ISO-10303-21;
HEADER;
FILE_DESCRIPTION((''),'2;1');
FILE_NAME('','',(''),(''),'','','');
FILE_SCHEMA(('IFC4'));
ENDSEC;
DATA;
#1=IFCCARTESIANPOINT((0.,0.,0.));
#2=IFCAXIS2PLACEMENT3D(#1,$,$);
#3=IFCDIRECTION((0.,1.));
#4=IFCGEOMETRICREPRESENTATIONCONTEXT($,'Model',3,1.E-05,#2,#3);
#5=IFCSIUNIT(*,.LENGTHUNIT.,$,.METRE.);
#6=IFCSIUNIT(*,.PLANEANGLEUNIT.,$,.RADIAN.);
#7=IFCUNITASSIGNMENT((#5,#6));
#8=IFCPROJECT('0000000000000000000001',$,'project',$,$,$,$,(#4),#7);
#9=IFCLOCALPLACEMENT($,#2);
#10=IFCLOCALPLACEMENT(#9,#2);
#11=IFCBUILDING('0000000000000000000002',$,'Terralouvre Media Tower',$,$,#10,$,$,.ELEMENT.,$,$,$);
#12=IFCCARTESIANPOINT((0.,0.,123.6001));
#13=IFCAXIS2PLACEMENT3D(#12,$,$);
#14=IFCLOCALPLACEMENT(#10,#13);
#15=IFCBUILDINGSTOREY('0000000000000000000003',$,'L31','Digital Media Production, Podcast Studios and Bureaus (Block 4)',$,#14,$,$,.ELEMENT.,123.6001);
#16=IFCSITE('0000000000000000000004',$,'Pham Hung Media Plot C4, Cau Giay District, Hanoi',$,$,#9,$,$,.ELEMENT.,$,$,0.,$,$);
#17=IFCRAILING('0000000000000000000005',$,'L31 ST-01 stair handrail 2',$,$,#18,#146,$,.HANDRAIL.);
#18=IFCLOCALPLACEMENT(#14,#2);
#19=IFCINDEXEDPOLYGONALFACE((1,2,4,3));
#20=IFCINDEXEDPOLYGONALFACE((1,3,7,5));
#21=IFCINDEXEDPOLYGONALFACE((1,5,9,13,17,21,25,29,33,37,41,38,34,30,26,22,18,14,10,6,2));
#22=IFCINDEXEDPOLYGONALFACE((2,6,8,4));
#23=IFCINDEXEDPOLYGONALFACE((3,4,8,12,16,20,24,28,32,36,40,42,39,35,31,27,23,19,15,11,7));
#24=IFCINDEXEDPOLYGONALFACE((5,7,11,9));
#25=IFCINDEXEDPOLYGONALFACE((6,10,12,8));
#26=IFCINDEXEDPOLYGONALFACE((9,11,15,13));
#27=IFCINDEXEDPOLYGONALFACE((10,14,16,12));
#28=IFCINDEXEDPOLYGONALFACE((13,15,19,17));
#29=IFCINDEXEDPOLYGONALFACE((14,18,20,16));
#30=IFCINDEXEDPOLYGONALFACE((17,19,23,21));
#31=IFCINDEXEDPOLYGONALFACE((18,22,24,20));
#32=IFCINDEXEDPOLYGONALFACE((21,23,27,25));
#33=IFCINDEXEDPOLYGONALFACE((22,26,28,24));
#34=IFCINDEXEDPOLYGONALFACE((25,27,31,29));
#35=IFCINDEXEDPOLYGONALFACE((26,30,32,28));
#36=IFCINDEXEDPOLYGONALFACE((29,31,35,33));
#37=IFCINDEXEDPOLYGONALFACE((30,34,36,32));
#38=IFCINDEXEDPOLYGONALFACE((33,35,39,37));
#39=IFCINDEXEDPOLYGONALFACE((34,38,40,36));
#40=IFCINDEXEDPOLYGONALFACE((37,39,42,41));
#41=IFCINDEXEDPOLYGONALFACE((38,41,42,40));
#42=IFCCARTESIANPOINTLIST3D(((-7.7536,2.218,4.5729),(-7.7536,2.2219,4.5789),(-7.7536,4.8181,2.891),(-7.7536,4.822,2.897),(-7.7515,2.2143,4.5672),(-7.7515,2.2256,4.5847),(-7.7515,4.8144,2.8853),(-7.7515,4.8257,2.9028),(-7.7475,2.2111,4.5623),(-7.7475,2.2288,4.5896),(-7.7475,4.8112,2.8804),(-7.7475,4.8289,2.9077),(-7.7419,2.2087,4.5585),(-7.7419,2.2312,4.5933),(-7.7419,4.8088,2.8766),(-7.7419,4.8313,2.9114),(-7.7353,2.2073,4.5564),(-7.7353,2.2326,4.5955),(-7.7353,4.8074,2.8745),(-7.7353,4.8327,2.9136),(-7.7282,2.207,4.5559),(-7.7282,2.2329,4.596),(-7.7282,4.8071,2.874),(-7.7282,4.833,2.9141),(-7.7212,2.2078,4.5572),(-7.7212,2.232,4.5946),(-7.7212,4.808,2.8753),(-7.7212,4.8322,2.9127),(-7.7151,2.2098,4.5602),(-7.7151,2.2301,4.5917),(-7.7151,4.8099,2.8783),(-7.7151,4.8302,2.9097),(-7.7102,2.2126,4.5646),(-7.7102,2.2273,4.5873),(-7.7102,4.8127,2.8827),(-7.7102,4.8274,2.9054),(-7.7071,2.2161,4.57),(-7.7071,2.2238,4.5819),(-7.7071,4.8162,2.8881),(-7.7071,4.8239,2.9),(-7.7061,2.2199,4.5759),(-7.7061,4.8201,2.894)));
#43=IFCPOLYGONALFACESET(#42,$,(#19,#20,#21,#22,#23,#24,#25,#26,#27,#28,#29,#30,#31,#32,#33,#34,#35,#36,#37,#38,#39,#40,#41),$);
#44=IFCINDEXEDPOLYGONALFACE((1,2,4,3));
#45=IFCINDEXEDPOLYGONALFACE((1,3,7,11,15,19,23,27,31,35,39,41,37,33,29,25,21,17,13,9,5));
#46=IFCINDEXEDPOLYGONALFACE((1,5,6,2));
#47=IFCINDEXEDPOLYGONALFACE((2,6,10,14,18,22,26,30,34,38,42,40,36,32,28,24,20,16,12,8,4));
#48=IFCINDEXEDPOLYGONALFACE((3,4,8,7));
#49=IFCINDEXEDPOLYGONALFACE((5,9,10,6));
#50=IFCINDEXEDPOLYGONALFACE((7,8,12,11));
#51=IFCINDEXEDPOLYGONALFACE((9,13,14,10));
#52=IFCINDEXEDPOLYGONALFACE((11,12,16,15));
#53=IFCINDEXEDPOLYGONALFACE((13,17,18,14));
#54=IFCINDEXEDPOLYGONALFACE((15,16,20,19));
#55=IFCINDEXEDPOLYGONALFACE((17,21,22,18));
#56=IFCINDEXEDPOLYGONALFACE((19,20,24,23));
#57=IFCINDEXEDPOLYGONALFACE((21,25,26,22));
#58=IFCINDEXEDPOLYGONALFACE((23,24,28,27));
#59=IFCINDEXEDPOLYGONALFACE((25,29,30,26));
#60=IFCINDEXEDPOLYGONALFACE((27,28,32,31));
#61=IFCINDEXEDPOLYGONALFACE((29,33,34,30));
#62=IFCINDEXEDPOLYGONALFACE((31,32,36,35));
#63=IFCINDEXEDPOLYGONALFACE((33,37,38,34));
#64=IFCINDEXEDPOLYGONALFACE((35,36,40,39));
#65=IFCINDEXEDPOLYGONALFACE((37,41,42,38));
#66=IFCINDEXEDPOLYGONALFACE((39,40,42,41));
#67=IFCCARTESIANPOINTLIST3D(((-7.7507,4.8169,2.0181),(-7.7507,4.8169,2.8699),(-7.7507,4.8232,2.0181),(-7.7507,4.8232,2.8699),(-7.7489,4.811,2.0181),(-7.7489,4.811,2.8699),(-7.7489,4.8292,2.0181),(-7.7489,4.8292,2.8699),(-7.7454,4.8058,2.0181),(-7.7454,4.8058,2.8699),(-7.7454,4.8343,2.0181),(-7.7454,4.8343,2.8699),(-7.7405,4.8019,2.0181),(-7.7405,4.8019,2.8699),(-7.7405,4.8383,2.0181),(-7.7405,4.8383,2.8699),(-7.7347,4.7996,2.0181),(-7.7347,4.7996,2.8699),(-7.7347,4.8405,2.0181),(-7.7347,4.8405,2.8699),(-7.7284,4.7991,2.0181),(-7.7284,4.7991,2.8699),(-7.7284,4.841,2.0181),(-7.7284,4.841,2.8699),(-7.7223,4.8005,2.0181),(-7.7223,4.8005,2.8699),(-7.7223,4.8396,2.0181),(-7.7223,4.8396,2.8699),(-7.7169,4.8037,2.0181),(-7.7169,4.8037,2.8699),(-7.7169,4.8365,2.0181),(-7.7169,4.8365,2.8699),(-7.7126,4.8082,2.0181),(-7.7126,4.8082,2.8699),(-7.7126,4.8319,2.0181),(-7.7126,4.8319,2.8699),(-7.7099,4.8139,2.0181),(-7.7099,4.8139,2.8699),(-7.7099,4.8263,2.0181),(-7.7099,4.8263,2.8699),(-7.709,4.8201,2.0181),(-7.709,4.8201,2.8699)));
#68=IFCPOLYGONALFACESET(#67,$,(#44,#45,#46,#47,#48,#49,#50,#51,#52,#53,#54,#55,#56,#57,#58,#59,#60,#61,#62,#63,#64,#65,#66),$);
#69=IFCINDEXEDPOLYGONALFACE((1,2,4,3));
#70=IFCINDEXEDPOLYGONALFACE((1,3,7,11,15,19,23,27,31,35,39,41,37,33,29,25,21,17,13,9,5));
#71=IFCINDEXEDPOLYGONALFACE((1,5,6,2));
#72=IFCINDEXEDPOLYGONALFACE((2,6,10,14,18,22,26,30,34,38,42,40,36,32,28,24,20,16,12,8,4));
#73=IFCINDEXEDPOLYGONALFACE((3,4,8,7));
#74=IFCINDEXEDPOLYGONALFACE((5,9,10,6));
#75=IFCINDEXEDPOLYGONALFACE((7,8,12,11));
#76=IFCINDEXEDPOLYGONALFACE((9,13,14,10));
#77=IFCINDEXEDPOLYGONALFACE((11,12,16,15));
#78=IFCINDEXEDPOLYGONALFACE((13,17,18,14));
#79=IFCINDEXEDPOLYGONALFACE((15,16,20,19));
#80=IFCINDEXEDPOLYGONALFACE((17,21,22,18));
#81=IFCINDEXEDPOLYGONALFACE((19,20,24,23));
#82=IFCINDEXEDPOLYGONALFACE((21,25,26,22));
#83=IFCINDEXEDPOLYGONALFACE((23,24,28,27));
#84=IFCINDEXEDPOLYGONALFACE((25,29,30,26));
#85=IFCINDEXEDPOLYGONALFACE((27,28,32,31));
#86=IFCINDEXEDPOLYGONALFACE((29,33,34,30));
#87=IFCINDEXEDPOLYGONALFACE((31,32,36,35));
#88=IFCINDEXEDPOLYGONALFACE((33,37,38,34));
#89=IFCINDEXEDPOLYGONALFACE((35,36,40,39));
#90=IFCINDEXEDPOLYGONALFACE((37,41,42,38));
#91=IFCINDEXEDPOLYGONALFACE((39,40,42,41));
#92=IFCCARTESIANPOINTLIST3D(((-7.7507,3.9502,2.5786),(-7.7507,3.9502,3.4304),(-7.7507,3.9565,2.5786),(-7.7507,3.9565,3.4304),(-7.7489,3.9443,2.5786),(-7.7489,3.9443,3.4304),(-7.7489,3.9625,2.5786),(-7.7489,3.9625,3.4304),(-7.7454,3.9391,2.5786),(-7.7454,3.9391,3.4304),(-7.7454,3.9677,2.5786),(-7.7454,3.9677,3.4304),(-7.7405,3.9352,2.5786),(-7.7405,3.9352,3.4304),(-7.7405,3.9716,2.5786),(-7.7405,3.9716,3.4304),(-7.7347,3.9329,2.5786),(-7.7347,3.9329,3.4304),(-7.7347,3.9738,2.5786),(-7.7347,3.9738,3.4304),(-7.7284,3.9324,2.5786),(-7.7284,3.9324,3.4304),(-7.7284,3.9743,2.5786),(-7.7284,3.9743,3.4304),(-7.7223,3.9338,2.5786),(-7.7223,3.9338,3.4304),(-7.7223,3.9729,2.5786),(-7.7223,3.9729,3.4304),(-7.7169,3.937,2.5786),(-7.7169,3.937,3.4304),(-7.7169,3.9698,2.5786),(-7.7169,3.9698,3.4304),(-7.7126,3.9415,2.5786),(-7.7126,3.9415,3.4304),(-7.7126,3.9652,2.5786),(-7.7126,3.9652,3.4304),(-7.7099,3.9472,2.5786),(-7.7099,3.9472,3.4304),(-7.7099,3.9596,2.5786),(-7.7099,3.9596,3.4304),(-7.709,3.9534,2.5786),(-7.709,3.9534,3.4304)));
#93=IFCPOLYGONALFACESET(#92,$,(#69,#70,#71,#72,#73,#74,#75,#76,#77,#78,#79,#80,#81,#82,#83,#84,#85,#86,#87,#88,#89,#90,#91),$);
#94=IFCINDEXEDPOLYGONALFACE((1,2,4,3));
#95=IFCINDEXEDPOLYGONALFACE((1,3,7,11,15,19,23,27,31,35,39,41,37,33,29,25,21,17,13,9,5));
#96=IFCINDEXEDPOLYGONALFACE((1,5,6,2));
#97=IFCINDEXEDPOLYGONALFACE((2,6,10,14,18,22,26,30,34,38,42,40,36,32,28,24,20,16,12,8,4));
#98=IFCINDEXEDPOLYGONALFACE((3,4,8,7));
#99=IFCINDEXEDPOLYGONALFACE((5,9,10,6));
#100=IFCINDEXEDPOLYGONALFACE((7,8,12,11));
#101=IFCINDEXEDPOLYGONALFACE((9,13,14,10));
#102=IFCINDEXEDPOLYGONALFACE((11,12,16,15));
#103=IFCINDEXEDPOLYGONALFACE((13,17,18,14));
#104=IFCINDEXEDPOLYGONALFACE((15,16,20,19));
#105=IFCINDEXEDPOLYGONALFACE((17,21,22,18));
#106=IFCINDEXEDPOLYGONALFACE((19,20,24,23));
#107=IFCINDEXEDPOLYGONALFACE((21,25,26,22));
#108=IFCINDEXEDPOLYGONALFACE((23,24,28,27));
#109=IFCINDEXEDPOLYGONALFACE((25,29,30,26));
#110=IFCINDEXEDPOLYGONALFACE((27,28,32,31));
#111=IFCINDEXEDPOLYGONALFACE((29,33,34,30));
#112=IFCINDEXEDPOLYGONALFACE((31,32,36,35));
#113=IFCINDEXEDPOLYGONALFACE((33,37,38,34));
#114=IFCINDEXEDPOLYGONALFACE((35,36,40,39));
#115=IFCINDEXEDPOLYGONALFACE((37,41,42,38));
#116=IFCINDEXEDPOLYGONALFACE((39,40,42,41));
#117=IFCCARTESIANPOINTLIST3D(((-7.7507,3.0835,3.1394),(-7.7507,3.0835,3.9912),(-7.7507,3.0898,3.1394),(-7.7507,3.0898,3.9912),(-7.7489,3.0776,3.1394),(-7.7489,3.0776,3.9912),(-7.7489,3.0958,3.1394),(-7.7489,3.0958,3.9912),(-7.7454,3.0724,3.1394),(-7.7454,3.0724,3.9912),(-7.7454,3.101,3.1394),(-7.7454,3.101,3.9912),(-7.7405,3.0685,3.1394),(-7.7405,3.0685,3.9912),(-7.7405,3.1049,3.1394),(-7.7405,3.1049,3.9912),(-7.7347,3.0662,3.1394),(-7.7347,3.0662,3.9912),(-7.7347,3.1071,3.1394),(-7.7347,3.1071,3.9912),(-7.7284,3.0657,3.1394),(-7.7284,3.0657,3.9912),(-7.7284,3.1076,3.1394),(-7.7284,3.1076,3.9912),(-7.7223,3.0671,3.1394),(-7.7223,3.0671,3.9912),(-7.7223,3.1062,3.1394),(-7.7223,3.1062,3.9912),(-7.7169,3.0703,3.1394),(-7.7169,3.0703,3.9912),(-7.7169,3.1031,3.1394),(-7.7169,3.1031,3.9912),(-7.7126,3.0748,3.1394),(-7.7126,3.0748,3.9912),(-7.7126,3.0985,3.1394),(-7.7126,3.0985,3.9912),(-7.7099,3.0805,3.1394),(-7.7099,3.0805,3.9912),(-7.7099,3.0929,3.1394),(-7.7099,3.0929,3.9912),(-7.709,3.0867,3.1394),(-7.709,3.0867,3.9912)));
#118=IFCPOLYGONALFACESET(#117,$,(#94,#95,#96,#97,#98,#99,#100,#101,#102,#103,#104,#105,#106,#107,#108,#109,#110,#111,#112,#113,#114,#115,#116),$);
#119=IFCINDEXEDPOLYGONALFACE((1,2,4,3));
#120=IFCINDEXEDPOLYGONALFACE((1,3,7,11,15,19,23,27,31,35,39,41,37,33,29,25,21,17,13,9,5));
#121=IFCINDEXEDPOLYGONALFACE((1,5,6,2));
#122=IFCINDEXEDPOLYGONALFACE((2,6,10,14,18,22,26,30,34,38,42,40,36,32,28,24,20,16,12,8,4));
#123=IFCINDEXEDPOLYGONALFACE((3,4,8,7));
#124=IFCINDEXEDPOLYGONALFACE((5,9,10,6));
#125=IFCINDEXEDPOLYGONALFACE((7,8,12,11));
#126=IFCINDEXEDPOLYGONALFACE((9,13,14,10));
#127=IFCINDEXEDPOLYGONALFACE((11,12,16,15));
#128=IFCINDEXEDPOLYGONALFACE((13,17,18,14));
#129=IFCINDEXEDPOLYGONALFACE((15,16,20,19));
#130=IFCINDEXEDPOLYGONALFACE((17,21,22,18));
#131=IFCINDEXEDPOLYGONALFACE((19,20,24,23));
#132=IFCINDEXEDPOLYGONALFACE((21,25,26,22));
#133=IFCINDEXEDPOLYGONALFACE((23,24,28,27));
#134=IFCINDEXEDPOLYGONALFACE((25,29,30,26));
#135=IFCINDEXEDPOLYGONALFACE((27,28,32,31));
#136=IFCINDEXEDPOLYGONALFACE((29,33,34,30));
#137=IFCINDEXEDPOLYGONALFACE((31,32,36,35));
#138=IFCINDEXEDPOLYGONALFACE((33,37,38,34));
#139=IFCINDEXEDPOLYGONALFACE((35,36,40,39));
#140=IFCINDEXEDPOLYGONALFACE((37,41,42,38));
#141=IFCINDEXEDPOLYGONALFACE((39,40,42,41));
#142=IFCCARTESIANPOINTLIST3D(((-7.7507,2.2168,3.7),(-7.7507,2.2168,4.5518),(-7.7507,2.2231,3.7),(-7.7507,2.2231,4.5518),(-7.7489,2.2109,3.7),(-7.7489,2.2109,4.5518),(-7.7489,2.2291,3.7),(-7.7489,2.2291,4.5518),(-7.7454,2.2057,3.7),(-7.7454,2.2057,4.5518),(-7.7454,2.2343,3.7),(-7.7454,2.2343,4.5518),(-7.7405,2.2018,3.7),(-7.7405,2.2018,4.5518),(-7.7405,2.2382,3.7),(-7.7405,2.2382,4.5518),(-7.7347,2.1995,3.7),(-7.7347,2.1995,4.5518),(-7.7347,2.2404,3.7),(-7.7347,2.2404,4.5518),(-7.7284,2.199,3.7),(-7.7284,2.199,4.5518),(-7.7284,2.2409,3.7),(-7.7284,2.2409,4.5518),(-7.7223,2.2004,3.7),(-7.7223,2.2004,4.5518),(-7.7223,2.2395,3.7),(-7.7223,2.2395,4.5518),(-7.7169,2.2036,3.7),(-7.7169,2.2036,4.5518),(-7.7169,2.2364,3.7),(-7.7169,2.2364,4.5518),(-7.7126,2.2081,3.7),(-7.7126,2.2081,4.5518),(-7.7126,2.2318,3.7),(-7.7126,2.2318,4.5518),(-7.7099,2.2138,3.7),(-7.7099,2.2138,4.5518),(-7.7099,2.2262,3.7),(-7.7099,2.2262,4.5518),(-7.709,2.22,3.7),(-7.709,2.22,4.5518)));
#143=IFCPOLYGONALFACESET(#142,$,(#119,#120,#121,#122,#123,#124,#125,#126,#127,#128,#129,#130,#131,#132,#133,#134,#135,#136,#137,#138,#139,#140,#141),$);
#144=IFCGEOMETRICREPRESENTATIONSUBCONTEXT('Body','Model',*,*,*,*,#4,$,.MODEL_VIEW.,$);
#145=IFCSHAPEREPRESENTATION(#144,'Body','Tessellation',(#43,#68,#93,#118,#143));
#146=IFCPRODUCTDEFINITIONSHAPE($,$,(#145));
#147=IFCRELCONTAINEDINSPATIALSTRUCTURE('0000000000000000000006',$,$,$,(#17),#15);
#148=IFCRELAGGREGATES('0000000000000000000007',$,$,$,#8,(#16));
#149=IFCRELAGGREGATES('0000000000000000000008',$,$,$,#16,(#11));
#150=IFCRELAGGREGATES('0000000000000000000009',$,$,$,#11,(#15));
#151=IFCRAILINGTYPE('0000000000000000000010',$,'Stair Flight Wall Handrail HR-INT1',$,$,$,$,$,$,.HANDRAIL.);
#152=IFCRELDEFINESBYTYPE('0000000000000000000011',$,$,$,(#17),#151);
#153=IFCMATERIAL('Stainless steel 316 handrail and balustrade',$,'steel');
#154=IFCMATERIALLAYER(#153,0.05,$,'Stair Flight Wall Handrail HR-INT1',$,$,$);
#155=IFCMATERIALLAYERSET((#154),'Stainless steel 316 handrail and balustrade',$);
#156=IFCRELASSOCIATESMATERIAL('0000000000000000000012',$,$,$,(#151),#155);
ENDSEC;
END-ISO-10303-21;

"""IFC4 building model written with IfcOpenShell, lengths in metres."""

from ifc_helpers import new_model, si_unit, direction, frame, origin, origin_2d, place, context, subcontext, project, spatial, circle, extrude, material, layer, layer_set, type_object, element, save


model = new_model("IFC4")

# Units and contexts
model_context = context("Model", 3, precision=1e-05, world=origin(), true_north=direction((0.0, 1.0)))
body_context = subcontext(model_context, "Body", "Model", "MODEL_VIEW")
ifc_project = project(units=[si_unit("LENGTHUNIT", "METRE"), si_unit("PLANEANGLEUNIT", "RADIAN")], contexts=[model_context])

# Site, building, storey
site_placement = place(None, origin())
site = spatial("IfcSite", under=ifc_project, at=site_placement, Name="Pham Hung Media Plot C4, Cau Giay District, Hanoi", CompositionType="ELEMENT", RefElevation=0.0)
building_placement = place(site_placement, origin())
building = spatial("IfcBuilding", under=site, at=building_placement, Name="Terralouvre Media Tower", CompositionType="ELEMENT")
storey_placement = place(building_placement, frame((0.0, 0.0, 123.6001)))
storey = spatial("IfcBuildingStorey", under=building, at=storey_placement, Name="L31", Description="Digital Media Production, Podcast Studios and Bureaus (Block 4)", CompositionType="ELEMENT", Elevation=123.6001)

# Railing
ifc_material_1 = material(Name="Stainless steel 316 handrail and balustrade", Category="steel")
ifc_layer_1 = layer(ifc_material_1, 0.05, Name="Stair Flight Wall Handrail HR-INT1")
ifc_layer_set_1 = layer_set([ifc_layer_1], Name="Stainless steel 316 handrail and balustrade")
railing_type_1 = type_object("IfcRailingType", Name="Stair Flight Wall Handrail HR-INT1", PredefinedType="HANDRAIL", material=ifc_layer_set_1)
railing_1_placement = place(storey_placement, frame((-7.73, 4.8201, 2.0181)))
element("IfcRailing", 1, at=railing_1_placement, inside=storey, type_object=railing_type_1, Name="L31 ST-01 stair handrail 2", PredefinedType="HANDRAIL", context=body_context, shape_type="SweptSolid", body=[
    extrude(circle(Radius=0.0239, at=origin_2d()), frame((0.0, 0.0, 0.876), z_axis=(0.0, -0.839648, 0.54313), x_axis=(1.0, 0.0, 0.0)), (0.0, 0.0, 1.0), 3.0967),
    extrude(circle(Radius=0.021, at=origin_2d()), origin(), (0.0, 0.0, 1.0), 0.8518),
    extrude(circle(Radius=0.021, at=origin_2d()), frame((0.0, -0.8667, 0.5605)), (0.0, 0.0, 1.0), 0.8518),
    extrude(circle(Radius=0.021, at=origin_2d()), frame((0.0, -1.7334, 1.1213)), (0.0, 0.0, 1.0), 0.8518),
    extrude(circle(Radius=0.021, at=origin_2d()), frame((0.0, -2.6001, 1.6819)), (0.0, 0.0, 1.0), 0.8518),
])

save(model, "model.ifc")
